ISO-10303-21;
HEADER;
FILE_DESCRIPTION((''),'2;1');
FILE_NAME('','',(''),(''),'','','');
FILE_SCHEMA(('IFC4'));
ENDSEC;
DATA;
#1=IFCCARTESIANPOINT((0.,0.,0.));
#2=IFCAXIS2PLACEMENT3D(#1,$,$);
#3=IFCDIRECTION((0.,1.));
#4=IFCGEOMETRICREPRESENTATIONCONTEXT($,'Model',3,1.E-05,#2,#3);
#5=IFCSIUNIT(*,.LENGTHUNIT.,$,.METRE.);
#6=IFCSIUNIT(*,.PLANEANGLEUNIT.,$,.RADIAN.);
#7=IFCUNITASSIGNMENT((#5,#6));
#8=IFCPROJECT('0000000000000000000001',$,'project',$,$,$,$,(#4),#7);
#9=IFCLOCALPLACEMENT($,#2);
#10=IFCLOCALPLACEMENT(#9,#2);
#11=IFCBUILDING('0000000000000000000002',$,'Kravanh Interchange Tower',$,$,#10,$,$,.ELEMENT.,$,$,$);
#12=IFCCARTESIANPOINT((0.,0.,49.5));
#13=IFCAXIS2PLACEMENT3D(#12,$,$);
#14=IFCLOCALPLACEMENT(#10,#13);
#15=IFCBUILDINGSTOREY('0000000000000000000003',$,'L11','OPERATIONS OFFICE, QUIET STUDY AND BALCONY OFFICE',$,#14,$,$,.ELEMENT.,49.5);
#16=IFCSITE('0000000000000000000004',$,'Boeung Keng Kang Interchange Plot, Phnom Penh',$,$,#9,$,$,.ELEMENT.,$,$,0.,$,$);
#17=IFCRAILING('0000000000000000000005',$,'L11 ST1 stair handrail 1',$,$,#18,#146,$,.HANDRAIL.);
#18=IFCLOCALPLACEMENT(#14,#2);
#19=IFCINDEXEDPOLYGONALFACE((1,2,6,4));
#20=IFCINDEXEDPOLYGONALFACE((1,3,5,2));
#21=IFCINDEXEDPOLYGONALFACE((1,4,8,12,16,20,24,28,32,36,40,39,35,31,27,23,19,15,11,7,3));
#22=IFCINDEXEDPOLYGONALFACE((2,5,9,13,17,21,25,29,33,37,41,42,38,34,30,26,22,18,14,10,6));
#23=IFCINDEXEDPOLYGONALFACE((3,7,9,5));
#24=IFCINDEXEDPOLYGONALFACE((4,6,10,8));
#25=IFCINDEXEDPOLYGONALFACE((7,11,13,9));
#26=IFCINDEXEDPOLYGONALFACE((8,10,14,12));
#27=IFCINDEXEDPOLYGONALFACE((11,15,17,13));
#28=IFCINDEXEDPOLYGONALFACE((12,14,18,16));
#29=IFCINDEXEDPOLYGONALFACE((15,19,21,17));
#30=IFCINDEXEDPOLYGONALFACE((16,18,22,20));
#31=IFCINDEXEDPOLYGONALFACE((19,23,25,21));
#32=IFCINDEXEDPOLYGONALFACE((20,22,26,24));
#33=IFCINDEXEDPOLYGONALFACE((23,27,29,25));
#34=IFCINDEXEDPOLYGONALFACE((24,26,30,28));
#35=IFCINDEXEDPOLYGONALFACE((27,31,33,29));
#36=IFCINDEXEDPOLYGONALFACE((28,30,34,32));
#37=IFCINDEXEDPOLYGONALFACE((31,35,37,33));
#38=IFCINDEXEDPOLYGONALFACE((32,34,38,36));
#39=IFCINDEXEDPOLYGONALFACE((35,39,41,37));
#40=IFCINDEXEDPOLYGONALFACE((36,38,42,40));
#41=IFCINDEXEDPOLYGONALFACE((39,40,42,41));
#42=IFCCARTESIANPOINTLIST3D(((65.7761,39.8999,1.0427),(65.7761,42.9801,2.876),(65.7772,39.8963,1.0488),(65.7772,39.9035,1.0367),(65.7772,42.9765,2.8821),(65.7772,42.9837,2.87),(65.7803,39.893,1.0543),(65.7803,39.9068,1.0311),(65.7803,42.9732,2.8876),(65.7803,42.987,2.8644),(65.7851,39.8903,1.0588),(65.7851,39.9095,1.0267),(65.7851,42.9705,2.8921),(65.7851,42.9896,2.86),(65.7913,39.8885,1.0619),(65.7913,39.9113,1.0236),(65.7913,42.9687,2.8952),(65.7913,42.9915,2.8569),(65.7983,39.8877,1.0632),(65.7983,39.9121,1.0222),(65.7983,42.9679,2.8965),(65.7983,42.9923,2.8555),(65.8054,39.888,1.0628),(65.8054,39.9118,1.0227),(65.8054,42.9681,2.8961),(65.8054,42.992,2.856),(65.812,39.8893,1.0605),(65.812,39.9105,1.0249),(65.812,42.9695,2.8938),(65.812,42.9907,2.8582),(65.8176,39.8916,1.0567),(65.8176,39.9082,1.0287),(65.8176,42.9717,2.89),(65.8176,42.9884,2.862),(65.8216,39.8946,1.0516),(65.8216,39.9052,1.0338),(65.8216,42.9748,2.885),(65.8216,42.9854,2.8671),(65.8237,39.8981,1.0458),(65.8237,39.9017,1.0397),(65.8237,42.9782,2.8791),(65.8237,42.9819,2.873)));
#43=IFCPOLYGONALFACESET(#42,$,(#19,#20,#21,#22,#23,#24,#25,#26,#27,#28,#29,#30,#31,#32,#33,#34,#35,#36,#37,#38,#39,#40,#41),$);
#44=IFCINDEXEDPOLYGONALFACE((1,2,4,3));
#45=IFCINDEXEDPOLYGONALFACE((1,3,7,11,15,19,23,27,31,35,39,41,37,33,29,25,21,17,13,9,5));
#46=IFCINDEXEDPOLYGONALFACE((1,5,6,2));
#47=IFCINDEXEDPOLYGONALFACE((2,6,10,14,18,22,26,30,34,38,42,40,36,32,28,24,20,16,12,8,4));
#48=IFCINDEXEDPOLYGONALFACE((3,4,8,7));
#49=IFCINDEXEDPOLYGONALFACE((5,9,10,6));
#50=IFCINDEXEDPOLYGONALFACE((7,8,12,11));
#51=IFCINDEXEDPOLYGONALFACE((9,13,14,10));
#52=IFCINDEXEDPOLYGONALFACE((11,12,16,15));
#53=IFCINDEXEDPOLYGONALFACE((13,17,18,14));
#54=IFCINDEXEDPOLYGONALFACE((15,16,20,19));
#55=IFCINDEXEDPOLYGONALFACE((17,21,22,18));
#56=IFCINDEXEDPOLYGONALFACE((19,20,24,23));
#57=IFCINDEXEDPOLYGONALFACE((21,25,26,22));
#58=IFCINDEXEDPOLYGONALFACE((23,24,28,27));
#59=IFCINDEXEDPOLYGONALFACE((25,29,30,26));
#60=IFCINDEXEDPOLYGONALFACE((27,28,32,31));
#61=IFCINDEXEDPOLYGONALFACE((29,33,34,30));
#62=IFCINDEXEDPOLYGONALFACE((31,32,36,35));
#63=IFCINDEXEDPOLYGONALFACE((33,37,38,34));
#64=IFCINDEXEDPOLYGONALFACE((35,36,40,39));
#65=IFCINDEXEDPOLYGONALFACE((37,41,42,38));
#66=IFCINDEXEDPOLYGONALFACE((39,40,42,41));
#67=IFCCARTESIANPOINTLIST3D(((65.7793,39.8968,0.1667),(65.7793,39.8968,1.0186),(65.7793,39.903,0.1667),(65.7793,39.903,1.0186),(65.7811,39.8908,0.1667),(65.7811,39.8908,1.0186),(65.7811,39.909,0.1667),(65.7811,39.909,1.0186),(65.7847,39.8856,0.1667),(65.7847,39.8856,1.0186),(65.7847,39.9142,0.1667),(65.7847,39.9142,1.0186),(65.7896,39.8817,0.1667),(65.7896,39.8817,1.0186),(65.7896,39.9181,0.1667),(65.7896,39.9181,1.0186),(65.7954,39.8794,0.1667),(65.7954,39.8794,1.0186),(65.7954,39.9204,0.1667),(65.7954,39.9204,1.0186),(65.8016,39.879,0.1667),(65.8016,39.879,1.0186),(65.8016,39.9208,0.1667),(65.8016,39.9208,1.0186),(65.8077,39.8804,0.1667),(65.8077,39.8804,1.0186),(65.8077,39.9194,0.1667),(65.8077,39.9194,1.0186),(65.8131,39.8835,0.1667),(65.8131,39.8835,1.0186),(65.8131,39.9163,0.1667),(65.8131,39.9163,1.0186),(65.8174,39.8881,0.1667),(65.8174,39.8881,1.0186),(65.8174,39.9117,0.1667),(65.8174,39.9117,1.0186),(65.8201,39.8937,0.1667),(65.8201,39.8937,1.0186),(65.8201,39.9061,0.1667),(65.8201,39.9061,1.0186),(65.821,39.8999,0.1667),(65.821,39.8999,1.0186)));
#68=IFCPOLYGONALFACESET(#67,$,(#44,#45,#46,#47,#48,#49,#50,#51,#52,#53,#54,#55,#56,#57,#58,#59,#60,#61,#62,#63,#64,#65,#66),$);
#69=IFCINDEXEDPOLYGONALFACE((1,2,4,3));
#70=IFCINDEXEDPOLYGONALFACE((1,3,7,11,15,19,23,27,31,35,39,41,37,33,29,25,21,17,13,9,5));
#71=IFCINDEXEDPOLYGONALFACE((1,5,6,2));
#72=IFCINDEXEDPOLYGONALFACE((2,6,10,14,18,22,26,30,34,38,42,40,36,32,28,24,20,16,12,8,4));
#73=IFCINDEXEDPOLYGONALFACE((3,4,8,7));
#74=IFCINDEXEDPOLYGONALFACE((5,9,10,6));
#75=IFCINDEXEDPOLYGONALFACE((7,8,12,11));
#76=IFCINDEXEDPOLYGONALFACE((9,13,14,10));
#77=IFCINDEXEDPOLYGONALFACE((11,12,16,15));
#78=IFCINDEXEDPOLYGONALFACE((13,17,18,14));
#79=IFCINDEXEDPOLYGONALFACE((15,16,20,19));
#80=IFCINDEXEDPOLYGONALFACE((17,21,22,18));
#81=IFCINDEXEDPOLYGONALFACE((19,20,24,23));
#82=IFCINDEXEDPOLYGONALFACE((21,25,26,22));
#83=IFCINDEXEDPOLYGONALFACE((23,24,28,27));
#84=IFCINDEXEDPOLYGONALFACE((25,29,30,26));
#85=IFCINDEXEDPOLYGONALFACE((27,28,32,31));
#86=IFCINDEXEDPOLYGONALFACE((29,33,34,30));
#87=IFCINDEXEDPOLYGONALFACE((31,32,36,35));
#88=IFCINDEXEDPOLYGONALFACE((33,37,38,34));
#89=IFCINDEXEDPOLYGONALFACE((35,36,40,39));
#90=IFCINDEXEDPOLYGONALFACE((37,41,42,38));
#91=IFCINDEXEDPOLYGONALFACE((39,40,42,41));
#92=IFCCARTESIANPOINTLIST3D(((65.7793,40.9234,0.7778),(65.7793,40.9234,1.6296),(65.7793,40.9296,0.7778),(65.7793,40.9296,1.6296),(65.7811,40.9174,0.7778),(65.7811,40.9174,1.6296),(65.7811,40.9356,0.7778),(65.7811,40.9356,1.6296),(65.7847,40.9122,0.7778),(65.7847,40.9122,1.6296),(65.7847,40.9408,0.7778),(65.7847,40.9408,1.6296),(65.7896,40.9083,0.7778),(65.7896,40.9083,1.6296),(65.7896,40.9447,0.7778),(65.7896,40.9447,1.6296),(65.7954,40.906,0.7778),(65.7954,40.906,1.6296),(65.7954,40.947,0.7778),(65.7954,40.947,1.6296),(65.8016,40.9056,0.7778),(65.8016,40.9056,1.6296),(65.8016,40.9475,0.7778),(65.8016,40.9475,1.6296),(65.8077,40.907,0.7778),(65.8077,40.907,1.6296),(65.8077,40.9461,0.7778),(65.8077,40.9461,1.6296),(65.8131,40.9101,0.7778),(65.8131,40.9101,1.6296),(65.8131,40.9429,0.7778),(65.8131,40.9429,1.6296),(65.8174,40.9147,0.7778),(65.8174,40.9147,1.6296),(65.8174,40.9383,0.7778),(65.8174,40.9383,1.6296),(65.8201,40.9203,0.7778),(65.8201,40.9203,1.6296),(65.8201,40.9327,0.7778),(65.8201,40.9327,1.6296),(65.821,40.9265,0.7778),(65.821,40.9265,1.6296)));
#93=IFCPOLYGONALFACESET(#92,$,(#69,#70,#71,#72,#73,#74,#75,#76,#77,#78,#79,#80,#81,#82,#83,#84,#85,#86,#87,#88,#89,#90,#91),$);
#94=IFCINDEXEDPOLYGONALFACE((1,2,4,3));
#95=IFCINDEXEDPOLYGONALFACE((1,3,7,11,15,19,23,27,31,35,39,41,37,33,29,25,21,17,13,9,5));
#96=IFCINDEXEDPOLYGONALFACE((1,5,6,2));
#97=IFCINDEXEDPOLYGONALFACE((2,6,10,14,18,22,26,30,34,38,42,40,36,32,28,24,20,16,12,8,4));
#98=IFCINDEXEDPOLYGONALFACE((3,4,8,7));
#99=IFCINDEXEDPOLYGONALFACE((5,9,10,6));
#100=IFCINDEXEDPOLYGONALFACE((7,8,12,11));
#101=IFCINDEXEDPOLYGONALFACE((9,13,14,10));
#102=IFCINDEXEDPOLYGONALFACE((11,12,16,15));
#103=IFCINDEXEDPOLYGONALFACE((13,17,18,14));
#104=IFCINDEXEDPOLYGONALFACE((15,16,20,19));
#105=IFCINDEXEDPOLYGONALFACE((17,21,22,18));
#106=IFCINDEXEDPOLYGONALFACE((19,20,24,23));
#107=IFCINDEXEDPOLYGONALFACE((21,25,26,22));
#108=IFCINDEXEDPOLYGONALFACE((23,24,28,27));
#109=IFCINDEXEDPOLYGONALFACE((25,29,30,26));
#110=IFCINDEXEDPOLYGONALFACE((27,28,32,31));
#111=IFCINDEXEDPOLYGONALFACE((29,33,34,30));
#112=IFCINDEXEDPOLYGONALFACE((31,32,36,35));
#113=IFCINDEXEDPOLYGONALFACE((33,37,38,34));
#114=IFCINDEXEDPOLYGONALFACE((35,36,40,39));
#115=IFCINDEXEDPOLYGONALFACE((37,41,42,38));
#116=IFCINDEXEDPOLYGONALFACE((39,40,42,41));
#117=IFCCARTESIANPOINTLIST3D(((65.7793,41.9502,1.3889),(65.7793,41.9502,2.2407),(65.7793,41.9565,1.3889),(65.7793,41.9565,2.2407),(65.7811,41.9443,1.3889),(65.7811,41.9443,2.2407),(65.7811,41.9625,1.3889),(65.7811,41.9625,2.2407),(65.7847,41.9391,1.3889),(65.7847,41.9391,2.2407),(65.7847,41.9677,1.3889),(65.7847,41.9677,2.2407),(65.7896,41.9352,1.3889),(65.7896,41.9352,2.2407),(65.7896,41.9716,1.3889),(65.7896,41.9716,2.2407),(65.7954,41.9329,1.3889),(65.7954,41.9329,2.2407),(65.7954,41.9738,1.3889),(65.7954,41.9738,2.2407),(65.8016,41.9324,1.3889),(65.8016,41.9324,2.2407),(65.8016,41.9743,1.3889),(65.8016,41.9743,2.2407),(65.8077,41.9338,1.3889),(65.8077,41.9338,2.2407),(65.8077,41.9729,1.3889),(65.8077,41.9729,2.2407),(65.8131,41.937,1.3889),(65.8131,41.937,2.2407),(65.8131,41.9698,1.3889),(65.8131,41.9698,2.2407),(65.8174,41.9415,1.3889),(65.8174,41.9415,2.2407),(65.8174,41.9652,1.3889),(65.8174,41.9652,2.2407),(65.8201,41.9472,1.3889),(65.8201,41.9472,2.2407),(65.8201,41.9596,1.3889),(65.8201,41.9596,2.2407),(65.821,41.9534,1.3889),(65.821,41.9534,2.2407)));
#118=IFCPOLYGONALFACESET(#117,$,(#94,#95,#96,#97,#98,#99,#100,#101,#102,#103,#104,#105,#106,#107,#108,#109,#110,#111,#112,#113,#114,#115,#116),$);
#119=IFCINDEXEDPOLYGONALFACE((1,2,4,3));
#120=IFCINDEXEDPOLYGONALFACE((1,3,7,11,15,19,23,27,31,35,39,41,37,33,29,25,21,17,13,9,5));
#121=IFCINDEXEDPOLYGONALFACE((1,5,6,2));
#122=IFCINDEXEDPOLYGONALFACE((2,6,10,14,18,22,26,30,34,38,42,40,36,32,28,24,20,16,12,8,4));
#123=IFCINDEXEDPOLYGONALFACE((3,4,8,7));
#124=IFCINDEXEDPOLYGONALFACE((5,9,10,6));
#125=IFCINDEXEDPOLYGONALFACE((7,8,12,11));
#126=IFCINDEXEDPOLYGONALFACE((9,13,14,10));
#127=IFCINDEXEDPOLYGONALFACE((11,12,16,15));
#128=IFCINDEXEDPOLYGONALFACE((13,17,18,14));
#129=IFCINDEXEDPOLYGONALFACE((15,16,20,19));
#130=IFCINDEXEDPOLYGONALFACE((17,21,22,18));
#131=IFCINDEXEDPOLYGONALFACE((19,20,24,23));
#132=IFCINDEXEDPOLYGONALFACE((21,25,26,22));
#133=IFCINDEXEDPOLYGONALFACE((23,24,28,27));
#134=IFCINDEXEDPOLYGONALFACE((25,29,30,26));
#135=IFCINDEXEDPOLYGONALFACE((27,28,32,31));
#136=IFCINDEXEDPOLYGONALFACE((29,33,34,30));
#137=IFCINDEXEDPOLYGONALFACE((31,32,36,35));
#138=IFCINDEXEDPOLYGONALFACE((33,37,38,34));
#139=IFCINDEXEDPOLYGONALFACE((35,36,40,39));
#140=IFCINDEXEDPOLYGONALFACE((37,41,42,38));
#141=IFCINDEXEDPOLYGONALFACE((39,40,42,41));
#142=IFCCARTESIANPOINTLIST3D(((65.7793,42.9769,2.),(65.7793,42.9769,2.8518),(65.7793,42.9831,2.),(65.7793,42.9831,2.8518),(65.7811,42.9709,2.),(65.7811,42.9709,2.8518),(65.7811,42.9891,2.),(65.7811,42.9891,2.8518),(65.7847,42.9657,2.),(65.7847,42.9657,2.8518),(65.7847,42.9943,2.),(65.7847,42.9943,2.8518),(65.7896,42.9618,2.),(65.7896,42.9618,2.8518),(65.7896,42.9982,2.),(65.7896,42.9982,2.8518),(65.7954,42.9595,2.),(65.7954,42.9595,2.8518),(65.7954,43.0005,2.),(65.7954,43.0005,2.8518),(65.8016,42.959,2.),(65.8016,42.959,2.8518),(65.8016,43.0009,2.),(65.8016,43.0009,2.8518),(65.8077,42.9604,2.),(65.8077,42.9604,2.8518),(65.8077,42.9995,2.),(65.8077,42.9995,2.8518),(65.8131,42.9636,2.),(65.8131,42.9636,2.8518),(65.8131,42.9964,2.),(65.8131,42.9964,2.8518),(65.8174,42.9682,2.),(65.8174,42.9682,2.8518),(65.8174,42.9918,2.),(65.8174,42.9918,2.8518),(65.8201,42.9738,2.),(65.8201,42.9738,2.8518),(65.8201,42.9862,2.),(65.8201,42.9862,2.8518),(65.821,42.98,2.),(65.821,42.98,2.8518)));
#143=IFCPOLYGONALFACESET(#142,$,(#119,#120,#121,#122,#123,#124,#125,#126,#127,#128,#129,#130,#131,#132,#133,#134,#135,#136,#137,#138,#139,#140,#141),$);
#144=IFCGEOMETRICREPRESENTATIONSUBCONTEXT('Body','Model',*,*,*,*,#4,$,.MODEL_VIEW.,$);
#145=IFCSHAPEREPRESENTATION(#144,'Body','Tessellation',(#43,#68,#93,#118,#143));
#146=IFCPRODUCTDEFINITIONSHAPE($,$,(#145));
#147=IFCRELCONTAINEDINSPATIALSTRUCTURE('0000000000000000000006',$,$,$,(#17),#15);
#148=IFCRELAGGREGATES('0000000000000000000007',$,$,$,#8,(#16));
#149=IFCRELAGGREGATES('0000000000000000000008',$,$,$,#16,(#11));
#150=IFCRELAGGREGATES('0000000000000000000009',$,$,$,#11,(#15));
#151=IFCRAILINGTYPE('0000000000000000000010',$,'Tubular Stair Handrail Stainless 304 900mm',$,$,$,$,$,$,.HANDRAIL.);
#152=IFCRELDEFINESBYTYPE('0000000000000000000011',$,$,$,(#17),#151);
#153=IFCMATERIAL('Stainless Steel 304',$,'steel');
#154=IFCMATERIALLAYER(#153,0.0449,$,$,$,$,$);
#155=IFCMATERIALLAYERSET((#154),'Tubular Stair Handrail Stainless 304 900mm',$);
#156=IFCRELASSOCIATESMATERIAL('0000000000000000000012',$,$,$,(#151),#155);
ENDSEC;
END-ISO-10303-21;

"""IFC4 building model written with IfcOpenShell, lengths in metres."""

from ifc_helpers import new_model, si_unit, direction, frame, origin, origin_2d, place, context, subcontext, project, spatial, circle, extrude, material, layer, layer_set, type_object, element, save


model = new_model("IFC4")

# Units and contexts
model_context = context("Model", 3, precision=1e-05, world=origin(), true_north=direction((0.0, 1.0)))
body_context = subcontext(model_context, "Body", "Model", "MODEL_VIEW")
ifc_project = project(units=[si_unit("LENGTHUNIT", "METRE"), si_unit("PLANEANGLEUNIT", "RADIAN")], contexts=[model_context])

# Site, building, storey
site_placement = place(None, origin())
site = spatial("IfcSite", under=ifc_project, at=site_placement, Name="Boeung Keng Kang Interchange Plot, Phnom Penh", CompositionType="ELEMENT", RefElevation=0.0)
building_placement = place(site_placement, origin())
building = spatial("IfcBuilding", under=site, at=building_placement, Name="Kravanh Interchange Tower", CompositionType="ELEMENT")
storey_placement = place(building_placement, frame((0.0, 0.0, 49.5)))
storey = spatial("IfcBuildingStorey", under=building, at=storey_placement, Name="L11", Description="OPERATIONS OFFICE, QUIET STUDY AND BALCONY OFFICE", CompositionType="ELEMENT", Elevation=49.5)

# Railing
ifc_material_1 = material(Name="Stainless Steel 304", Category="steel")
ifc_layer_1 = layer(ifc_material_1, 0.0449)
ifc_layer_set_1 = layer_set([ifc_layer_1], Name="Tubular Stair Handrail Stainless 304 900mm")
railing_type_1 = type_object("IfcRailingType", Name="Tubular Stair Handrail Stainless 304 900mm", PredefinedType="HANDRAIL", material=ifc_layer_set_1)
railing_1_placement = place(storey_placement, frame((65.8, 39.8999, 0.1667)))
element("IfcRailing", 1, at=railing_1_placement, inside=storey, type_object=railing_type_1, Name="L11 ST1 stair handrail 1", PredefinedType="HANDRAIL", context=body_context, shape_type="SweptSolid", body=[
    extrude(circle(Radius=0.0239, at=origin_2d()), frame((0.0, 0.0, 0.876), z_axis=(0.0, 0.859309, 0.511458), x_axis=(-1.0, 0.0, 0.0)), (0.0, 0.0, 1.0), 3.5845),
    extrude(circle(Radius=0.021, at=origin_2d()), origin(), (0.0, 0.0, 1.0), 0.8518),
    extrude(circle(Radius=0.021, at=origin_2d()), frame((0.0, 1.0266, 0.6111)), (0.0, 0.0, 1.0), 0.8518),
    extrude(circle(Radius=0.021, at=origin_2d()), frame((0.0, 2.0535, 1.2222)), (0.0, 0.0, 1.0), 0.8518),
    extrude(circle(Radius=0.021, at=origin_2d()), frame((0.0, 3.0801, 1.8333)), (0.0, 0.0, 1.0), 0.8518),
])

save(model, "model.ifc")
